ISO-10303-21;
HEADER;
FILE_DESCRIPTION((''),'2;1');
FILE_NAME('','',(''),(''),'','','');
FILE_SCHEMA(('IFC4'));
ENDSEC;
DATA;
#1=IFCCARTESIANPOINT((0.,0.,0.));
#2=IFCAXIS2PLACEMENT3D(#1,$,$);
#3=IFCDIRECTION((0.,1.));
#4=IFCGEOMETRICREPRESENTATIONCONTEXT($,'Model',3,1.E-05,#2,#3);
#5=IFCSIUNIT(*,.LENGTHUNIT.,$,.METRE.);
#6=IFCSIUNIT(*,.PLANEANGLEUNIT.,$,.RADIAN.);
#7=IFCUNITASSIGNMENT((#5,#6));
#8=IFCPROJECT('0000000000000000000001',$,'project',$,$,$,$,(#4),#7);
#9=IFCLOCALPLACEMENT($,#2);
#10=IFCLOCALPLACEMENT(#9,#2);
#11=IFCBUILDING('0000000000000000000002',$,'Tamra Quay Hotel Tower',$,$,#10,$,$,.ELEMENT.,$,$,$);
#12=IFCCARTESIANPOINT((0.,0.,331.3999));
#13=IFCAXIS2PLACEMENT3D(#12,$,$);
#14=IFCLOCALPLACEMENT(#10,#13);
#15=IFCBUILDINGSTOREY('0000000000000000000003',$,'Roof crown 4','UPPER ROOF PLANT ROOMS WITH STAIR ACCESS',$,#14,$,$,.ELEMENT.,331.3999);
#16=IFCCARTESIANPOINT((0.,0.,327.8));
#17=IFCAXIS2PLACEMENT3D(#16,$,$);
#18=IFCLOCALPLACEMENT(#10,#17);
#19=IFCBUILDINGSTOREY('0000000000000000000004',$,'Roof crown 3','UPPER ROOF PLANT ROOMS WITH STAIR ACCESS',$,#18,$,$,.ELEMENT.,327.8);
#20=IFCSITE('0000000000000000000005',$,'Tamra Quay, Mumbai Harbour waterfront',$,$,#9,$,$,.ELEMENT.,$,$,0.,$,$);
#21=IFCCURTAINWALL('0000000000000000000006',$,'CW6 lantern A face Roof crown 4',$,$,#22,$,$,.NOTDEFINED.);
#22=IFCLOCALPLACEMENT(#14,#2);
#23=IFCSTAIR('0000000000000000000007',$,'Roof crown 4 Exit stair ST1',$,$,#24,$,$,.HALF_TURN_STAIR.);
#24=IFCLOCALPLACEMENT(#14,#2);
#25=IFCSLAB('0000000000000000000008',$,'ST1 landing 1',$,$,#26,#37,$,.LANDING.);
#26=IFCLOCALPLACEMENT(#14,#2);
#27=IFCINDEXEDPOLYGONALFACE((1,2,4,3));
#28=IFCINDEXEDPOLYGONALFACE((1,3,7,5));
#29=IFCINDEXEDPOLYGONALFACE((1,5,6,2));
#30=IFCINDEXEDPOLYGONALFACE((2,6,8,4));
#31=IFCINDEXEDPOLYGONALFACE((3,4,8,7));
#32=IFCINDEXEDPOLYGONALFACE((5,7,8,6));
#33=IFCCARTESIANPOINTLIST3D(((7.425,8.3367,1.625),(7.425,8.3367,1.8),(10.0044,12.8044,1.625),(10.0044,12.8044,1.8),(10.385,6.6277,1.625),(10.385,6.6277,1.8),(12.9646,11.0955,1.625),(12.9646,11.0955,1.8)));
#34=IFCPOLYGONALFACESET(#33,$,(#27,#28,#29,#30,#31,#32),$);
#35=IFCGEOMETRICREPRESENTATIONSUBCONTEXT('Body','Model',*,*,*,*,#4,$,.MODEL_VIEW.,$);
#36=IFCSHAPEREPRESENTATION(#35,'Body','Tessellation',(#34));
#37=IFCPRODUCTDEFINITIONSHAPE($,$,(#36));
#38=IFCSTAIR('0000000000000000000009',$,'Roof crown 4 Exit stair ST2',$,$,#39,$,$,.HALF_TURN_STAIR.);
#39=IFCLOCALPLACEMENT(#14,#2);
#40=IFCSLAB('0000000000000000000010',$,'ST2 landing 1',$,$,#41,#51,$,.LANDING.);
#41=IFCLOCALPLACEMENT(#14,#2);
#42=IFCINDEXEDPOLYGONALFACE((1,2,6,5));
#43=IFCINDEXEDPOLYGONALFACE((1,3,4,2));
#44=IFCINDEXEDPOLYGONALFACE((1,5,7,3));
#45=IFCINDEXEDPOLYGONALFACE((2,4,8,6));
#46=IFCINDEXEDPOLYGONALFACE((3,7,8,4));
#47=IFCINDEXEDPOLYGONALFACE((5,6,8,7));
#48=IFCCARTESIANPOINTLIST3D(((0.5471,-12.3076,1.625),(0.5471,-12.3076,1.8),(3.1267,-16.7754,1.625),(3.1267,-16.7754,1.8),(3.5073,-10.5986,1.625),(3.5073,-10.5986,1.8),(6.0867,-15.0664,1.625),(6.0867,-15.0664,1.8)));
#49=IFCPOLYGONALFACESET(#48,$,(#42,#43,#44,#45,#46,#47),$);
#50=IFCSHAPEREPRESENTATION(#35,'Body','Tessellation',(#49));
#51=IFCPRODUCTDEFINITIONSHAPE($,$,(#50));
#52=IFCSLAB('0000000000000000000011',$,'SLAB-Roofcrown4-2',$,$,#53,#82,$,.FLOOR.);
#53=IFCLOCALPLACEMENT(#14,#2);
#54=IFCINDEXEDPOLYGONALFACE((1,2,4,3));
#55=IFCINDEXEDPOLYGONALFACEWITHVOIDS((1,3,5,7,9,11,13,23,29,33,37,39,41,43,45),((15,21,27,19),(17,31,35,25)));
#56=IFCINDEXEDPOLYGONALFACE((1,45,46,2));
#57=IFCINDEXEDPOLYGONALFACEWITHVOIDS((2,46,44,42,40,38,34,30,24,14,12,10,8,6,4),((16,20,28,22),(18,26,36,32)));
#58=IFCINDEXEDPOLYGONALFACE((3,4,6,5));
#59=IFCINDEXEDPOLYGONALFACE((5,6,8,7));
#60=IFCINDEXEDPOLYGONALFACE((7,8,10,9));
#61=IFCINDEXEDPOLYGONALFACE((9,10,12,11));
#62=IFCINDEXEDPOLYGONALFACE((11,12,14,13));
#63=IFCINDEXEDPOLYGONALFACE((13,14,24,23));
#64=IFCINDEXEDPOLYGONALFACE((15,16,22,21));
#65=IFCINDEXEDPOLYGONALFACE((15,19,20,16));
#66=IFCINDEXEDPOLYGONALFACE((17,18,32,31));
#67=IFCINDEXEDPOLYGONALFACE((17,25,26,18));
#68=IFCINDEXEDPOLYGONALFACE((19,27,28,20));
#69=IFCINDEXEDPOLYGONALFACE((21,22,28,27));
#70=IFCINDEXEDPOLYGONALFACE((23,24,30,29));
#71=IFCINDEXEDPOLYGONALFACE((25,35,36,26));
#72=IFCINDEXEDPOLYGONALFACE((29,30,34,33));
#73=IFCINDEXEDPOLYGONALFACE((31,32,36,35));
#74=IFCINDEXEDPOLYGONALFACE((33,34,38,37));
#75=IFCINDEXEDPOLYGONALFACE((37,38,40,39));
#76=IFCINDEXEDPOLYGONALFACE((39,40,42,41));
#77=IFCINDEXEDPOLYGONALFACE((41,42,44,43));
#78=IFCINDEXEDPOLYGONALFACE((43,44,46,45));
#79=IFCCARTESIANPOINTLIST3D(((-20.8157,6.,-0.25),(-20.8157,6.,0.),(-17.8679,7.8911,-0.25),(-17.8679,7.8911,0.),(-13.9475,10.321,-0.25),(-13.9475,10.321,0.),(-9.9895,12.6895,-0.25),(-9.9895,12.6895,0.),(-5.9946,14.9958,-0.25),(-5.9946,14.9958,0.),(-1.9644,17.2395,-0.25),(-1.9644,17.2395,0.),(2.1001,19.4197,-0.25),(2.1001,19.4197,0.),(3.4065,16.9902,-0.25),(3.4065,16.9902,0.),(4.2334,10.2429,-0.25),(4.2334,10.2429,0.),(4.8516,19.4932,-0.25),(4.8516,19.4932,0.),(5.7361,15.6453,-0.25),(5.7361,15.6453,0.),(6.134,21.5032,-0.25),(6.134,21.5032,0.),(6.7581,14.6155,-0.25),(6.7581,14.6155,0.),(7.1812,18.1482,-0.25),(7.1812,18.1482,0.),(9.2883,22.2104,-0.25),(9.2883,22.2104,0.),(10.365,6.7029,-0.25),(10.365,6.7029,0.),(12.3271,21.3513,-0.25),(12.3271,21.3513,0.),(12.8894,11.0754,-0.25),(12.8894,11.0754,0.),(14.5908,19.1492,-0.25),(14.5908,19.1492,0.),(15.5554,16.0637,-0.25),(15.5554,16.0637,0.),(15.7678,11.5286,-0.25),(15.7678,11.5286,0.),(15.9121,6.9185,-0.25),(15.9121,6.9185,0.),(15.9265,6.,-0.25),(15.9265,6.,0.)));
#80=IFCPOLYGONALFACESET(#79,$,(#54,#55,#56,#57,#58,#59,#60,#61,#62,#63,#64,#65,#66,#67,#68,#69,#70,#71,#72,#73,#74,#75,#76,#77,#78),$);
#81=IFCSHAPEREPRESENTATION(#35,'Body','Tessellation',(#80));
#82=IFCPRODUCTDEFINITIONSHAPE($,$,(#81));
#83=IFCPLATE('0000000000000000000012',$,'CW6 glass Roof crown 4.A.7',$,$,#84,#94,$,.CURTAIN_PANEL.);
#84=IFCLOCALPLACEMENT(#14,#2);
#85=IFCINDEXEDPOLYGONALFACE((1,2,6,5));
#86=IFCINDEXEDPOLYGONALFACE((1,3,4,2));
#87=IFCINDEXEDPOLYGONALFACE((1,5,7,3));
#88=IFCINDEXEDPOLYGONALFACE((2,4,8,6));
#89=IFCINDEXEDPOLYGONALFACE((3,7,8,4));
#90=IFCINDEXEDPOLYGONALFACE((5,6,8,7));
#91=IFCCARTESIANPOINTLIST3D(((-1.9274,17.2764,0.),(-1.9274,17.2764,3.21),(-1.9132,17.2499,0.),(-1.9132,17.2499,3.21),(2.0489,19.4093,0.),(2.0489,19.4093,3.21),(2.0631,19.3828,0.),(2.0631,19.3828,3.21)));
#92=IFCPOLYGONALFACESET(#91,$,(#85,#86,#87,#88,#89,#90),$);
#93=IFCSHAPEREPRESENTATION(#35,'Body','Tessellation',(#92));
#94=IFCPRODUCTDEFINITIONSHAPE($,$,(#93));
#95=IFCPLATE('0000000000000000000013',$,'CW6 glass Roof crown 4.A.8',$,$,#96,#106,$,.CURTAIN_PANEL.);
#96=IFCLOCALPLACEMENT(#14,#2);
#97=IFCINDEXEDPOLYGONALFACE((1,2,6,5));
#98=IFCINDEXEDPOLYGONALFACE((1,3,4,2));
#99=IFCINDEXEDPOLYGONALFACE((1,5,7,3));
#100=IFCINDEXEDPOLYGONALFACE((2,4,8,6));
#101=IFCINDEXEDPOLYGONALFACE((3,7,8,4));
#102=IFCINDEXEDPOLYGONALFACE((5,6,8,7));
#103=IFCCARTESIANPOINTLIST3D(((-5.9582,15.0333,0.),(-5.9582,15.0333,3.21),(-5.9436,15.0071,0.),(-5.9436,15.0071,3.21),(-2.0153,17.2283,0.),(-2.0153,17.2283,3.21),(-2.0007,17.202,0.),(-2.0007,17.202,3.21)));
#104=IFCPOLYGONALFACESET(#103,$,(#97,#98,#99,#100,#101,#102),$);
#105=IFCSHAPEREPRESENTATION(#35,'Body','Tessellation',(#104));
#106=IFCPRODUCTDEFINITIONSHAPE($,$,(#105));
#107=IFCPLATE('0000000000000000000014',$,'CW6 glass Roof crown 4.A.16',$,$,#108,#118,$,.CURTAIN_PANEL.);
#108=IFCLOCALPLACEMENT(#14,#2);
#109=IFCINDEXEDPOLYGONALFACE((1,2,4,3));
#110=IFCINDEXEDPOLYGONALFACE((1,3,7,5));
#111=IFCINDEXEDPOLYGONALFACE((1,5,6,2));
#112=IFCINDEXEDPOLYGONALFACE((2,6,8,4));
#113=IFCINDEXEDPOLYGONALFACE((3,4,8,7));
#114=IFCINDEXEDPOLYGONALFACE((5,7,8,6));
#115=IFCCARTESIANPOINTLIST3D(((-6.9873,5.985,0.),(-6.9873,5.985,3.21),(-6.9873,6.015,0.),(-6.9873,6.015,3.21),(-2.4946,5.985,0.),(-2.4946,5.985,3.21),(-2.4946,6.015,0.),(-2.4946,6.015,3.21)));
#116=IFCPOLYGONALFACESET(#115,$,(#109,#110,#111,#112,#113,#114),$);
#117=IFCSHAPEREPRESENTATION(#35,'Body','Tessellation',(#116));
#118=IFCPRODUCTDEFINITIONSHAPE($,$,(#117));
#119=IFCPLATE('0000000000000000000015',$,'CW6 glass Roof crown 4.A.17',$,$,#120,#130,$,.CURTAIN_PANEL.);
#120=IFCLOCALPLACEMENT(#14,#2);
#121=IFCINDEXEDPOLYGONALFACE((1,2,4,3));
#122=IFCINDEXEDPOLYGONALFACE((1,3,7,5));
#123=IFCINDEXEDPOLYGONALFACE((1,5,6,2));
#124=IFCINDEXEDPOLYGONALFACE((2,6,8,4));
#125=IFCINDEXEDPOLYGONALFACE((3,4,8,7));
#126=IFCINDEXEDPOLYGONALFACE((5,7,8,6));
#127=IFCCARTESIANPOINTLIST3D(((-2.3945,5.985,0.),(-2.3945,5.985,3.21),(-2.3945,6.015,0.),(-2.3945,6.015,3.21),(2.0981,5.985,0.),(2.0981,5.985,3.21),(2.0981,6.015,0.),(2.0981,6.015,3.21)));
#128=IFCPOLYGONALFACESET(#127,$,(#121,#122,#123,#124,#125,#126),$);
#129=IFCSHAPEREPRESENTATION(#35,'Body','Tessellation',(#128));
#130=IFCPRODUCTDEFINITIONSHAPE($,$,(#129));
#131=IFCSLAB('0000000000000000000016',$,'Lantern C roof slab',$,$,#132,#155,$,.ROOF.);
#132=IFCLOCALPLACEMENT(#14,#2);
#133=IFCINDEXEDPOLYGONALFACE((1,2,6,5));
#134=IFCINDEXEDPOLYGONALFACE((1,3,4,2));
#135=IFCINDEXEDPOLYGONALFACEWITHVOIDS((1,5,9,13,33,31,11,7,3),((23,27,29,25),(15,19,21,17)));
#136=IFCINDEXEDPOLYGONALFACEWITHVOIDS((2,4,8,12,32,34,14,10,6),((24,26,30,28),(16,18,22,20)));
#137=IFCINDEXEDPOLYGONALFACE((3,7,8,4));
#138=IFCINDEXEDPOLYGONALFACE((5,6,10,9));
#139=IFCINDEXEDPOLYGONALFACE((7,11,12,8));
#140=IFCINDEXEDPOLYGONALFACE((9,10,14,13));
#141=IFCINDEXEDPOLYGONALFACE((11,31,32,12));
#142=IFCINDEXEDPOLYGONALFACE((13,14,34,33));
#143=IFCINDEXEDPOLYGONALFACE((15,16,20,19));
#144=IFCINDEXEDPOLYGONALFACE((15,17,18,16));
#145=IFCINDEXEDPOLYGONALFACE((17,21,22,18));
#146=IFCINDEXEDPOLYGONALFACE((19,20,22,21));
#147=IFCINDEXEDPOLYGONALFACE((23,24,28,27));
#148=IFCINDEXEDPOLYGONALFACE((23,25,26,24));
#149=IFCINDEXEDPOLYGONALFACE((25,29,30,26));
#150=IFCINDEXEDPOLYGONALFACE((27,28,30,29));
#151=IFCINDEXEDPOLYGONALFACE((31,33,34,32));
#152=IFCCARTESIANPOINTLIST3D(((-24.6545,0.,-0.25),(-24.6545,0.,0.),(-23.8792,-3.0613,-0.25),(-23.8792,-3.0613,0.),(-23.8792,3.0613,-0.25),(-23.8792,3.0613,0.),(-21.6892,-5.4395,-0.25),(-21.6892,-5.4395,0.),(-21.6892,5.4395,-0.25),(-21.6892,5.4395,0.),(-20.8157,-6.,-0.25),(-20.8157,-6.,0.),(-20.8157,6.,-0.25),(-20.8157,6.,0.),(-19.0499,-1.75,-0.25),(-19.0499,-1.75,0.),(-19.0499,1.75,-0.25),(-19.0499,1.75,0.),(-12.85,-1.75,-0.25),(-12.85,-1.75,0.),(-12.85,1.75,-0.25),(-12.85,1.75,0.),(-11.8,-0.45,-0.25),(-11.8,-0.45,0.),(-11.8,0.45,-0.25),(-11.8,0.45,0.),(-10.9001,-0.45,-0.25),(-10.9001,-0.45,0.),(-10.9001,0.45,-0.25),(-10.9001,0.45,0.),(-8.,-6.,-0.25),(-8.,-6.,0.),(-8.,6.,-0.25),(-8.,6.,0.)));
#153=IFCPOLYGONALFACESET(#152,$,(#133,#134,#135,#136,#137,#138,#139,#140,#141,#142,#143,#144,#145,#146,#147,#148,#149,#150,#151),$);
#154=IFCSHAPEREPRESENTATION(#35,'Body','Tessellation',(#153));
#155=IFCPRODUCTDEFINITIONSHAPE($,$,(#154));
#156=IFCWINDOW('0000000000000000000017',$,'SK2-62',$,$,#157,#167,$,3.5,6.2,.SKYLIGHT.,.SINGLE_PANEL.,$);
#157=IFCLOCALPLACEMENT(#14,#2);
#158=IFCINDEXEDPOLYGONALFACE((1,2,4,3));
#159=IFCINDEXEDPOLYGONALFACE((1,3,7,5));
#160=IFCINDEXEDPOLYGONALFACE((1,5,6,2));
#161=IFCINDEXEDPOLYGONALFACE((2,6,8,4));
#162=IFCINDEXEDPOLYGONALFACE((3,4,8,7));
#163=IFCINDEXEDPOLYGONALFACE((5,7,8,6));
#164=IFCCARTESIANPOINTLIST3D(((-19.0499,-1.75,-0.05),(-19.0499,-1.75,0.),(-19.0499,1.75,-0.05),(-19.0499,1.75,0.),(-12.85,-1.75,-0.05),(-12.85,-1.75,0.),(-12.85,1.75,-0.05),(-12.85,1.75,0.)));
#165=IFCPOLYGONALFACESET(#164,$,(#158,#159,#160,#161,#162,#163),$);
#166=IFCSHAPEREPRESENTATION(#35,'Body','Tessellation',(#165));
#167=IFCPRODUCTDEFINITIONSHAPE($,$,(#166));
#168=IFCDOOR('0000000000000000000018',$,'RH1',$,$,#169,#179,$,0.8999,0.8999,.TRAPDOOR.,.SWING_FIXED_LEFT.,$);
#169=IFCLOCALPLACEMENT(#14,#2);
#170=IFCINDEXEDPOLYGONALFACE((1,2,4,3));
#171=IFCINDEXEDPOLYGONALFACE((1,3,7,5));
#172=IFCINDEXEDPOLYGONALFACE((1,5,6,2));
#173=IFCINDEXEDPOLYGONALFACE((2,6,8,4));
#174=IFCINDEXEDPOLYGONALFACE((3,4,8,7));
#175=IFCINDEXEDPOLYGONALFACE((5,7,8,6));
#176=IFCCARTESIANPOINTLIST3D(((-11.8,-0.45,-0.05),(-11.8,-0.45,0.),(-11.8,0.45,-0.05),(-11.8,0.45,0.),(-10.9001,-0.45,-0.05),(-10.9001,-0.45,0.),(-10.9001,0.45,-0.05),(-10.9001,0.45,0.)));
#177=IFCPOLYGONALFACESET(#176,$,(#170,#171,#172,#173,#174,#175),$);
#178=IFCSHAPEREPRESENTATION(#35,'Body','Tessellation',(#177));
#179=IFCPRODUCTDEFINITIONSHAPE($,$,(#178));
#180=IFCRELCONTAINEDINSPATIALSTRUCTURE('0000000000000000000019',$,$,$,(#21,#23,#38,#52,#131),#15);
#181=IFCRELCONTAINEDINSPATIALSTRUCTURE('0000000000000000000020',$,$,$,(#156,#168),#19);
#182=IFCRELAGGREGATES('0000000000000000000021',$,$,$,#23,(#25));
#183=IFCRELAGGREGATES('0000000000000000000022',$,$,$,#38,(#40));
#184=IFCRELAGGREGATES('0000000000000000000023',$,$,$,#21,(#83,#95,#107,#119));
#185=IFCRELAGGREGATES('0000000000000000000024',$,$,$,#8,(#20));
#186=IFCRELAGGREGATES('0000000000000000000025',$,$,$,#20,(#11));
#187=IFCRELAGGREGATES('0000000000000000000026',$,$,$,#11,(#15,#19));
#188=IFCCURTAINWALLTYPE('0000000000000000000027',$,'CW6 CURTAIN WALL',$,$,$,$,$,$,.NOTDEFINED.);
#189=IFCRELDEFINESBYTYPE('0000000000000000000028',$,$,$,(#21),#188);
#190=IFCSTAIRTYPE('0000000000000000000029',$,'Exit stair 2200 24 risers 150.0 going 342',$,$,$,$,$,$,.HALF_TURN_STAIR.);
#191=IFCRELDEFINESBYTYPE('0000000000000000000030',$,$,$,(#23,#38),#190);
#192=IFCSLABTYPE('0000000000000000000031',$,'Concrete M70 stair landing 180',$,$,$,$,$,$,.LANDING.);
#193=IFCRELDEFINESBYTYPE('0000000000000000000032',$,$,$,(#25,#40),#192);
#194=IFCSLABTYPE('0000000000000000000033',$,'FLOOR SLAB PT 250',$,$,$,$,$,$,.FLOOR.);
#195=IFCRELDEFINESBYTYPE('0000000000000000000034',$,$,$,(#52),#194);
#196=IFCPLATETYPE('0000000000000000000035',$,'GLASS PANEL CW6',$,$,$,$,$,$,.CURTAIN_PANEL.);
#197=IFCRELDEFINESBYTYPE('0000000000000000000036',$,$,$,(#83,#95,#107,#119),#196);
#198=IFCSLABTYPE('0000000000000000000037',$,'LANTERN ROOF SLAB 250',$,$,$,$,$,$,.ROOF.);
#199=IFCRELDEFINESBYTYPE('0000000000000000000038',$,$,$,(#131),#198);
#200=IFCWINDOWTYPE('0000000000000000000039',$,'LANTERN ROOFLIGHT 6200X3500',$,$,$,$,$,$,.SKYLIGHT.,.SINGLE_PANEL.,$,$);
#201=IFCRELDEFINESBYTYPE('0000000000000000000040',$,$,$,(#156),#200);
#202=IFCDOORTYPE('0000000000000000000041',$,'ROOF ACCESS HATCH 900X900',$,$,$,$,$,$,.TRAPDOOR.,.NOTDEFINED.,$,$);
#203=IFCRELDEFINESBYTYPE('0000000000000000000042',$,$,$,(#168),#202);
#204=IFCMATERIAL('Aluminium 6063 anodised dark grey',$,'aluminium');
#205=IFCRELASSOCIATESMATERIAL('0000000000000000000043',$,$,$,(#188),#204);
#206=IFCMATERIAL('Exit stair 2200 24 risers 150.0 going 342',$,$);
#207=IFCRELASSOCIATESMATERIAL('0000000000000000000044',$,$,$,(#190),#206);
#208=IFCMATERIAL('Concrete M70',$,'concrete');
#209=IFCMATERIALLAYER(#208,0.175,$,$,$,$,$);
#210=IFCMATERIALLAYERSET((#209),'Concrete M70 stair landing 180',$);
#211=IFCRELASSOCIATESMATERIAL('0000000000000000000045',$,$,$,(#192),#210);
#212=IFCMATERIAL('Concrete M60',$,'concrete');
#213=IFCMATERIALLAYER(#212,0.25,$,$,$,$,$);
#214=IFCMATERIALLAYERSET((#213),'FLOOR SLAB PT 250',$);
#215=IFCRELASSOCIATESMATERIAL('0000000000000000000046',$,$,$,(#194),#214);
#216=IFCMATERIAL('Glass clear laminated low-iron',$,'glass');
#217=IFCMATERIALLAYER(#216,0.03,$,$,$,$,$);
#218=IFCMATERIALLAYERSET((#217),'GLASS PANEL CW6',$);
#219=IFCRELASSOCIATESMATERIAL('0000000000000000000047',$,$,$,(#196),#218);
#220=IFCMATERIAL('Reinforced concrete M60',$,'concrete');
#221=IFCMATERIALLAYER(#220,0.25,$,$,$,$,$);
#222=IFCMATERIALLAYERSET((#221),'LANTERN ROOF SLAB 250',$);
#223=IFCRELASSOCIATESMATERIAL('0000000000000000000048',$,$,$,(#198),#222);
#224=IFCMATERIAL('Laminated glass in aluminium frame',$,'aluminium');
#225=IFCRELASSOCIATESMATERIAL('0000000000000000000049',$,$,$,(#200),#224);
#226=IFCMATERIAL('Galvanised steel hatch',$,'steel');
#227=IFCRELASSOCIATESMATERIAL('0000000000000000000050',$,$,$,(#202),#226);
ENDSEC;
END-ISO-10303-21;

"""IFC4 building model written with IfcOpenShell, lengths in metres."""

from ifc_helpers import new_model, si_unit, direction, frame, origin, origin_2d, place, context, subcontext, project, spatial, polyline, rectangle, outline, extrude, material, layer, layer_set, type_object, element, fill, aggregate, save


model = new_model("IFC4")

# Units and contexts
model_context = context("Model", 3, precision=1e-05, world=origin(), true_north=direction((0.0, 1.0)))
body_context = subcontext(model_context, "Body", "Model", "MODEL_VIEW")
ifc_project = project(units=[si_unit("LENGTHUNIT", "METRE"), si_unit("PLANEANGLEUNIT", "RADIAN")], contexts=[model_context])

# Site, building, storey
site_placement = place(None, origin())
site = spatial("IfcSite", under=ifc_project, at=site_placement, Name="Tamra Quay, Mumbai Harbour waterfront", CompositionType="ELEMENT", RefElevation=0.0)
building_placement = place(site_placement, origin())
building = spatial("IfcBuilding", under=site, at=building_placement, Name="Tamra Quay Hotel Tower", CompositionType="ELEMENT")
storey_1_placement = place(building_placement, frame((0.0, 0.0, 331.3999)))
storey_1 = spatial("IfcBuildingStorey", under=building, at=storey_1_placement, Name="Roof crown 4", Description="UPPER ROOF PLANT ROOMS WITH STAIR ACCESS", CompositionType="ELEMENT", Elevation=331.3999)

# Curtain wall
ifc_material_1 = material(Name="Aluminium 6063 anodised dark grey", Category="aluminium")
curtain_wall_type = type_object("IfcCurtainWallType", Name="CW6 CURTAIN WALL", PredefinedType="NOTDEFINED", material=ifc_material_1)
curtain_wall_placement = place(storey_1_placement, origin())
curtain_wall = element("IfcCurtainWall", 1, at=curtain_wall_placement, inside=storey_1, type_object=curtain_wall_type, Name="CW6 lantern A face Roof crown 4", PredefinedType="NOTDEFINED")

# Stairs, slabs
ifc_material_2 = material(Name="Exit stair 2200 24 risers 150.0 going 342")
stair_type = type_object("IfcStairType", Name="Exit stair 2200 24 risers 150.0 going 342", PredefinedType="HALF_TURN_STAIR", material=ifc_material_2)
stair_1_placement = place(storey_1_placement, origin())
stair_1 = element("IfcStair", 2, at=stair_1_placement, inside=storey_1, type_object=stair_type, Name="Roof crown 4 Exit stair ST1", PredefinedType="HALF_TURN_STAIR")
ifc_material_3 = material(Name="Concrete M70", Category="concrete")
ifc_layer_1 = layer(ifc_material_3, 0.175)
ifc_layer_set_1 = layer_set([ifc_layer_1], Name="Concrete M70 stair landing 180")
slab_type_1 = type_object("IfcSlabType", Name="Concrete M70 stair landing 180", PredefinedType="LANDING", material=ifc_layer_set_1)
slab_1_placement = place(storey_1_placement, frame((0.0, 0.0, 1.625)))
slab_1 = element("IfcSlab", 3, at=slab_1_placement, type_object=slab_type_1, Name="ST1 landing 1", PredefinedType="LANDING", context=body_context, shape_type="SweptSolid", body=[
    extrude(outline(polyline([(7.425, 8.3367), (10.385, 6.6277), (12.9646, 11.0955), (10.0044, 12.8044), (7.425, 8.3367)])), origin(), (0.0, 0.0, 1.0), 0.175),
])
aggregate(stair_1, [slab_1])
stair_2_placement = place(storey_1_placement, origin())
stair_2 = element("IfcStair", 4, at=stair_2_placement, inside=storey_1, type_object=stair_type, Name="Roof crown 4 Exit stair ST2", PredefinedType="HALF_TURN_STAIR")
slab_2_placement = place(storey_1_placement, frame((0.0, 0.0, 1.625)))
slab_2 = element("IfcSlab", 5, at=slab_2_placement, type_object=slab_type_1, Name="ST2 landing 1", PredefinedType="LANDING", context=body_context, shape_type="SweptSolid", body=[
    extrude(outline(polyline([(3.5073, -10.5986), (0.5471, -12.3076), (3.1267, -16.7754), (6.0867, -15.0664), (3.5073, -10.5986)])), origin(), (0.0, 0.0, 1.0), 0.175),
])
aggregate(stair_2, [slab_2])

# Slab
ifc_material_4 = material(Name="Concrete M60", Category="concrete")
ifc_layer_2 = layer(ifc_material_4, 0.25)
ifc_layer_set_2 = layer_set([ifc_layer_2], Name="FLOOR SLAB PT 250")
slab_type_2 = type_object("IfcSlabType", Name="FLOOR SLAB PT 250", PredefinedType="FLOOR", material=ifc_layer_set_2)
slab_3_placement = place(storey_1_placement, frame((0.0, 0.0, -0.25)))
element("IfcSlab", 6, at=slab_3_placement, inside=storey_1, type_object=slab_type_2, Name="SLAB-Roofcrown4-2", PredefinedType="FLOOR", context=body_context, shape_type="SweptSolid", body=[
    extrude(outline(polyline([(15.9265, 6.0), (-20.8157, 6.0), (-17.8679, 7.8911), (-13.9475, 10.321), (-9.9895, 12.6895), (-5.9946, 14.9958), (-1.9644, 17.2395), (2.1001, 19.4197), (6.134, 21.5032), (9.2883, 22.2104), (12.3271, 21.3513), (14.5908, 19.1492), (15.5554, 16.0637), (15.7678, 11.5286), (15.9121, 6.9185), (15.9265, 6.0)]), holes=[polyline([(6.7581, 14.6155), (4.2334, 10.2429), (10.365, 6.7029), (12.8894, 11.0754), (6.7581, 14.6155)]), polyline([(4.8516, 19.4932), (3.4065, 16.9902), (5.7361, 15.6453), (7.1812, 18.1482), (4.8516, 19.4932)])]), origin(), (0.0, 0.0, 1.0), 0.25),
])

# Plates
ifc_material_5 = material(Name="Glass clear laminated low-iron", Category="glass")
ifc_layer_3 = layer(ifc_material_5, 0.03)
ifc_layer_set_3 = layer_set([ifc_layer_3], Name="GLASS PANEL CW6")
plate_type = type_object("IfcPlateType", Name="GLASS PANEL CW6", PredefinedType="CURTAIN_PANEL", material=ifc_layer_set_3)
plate_1_placement = place(storey_1_placement, frame((0.0679, 18.3296, 0.0), z_axis=(0.0, 0.0, 1.0), x_axis=(-0.881224, -0.4727, 0.0)))
plate_1 = element("IfcPlate", 7, at=plate_1_placement, type_object=plate_type, Name="CW6 glass Roof crown 4.A.7", PredefinedType="CURTAIN_PANEL", context=body_context, shape_type="SweptSolid", body=[
    extrude(rectangle(XDim=4.5122, YDim=0.03, at=origin_2d()), origin(), (0.0, 0.0, 1.0), 3.21),
])
plate_2_placement = place(storey_1_placement, frame((-3.9795, 16.1177, 0.0), z_axis=(0.0, 0.0, 1.0), x_axis=(-0.873736, -0.486401, 0.0)))
plate_2 = element("IfcPlate", 8, at=plate_2_placement, type_object=plate_type, Name="CW6 glass Roof crown 4.A.8", PredefinedType="CURTAIN_PANEL", context=body_context, shape_type="SweptSolid", body=[
    extrude(rectangle(XDim=4.5127, YDim=0.03, at=origin_2d()), origin(), (0.0, 0.0, 1.0), 3.21),
])
plate_3_placement = place(storey_1_placement, frame((-4.741, 6.0, 0.0), z_axis=(0.0, 0.0, 1.0), x_axis=(1.0, 0.0, 0.0)))
plate_3 = element("IfcPlate", 9, at=plate_3_placement, type_object=plate_type, Name="CW6 glass Roof crown 4.A.16", PredefinedType="CURTAIN_PANEL", context=body_context, shape_type="SweptSolid", body=[
    extrude(rectangle(XDim=4.4927, YDim=0.03, at=origin_2d()), origin(), (0.0, 0.0, 1.0), 3.21),
])
plate_4_placement = place(storey_1_placement, frame((-0.1482, 6.0, 0.0), z_axis=(0.0, 0.0, 1.0), x_axis=(1.0, 0.0, 0.0)))
plate_4 = element("IfcPlate", 10, at=plate_4_placement, type_object=plate_type, Name="CW6 glass Roof crown 4.A.17", PredefinedType="CURTAIN_PANEL", context=body_context, shape_type="SweptSolid", body=[
    extrude(rectangle(XDim=4.4927, YDim=0.03, at=origin_2d()), origin(), (0.0, 0.0, 1.0), 3.21),
])
aggregate(curtain_wall, [plate_1, plate_2, plate_3, plate_4])

# Slab, openings
ifc_material_6 = material(Name="Reinforced concrete M60", Category="concrete")
ifc_layer_4 = layer(ifc_material_6, 0.25)
ifc_layer_set_4 = layer_set([ifc_layer_4], Name="LANTERN ROOF SLAB 250")
slab_type_3 = type_object("IfcSlabType", Name="LANTERN ROOF SLAB 250", PredefinedType="ROOF", material=ifc_layer_set_4)
slab_4_placement = place(storey_1_placement, frame((0.0, 0.0, -0.25)))
slab_4 = element("IfcSlab", 11, at=slab_4_placement, inside=storey_1, type_object=slab_type_3, Name="Lantern C roof slab", PredefinedType="ROOF", context=body_context, shape_type="SweptSolid", body=[
    extrude(outline(polyline([(-21.6892, -5.4395), (-20.8157, -6.0), (-8.0, -6.0), (-8.0, 6.0), (-20.8157, 6.0), (-21.6892, 5.4395), (-23.8792, 3.0613), (-24.6545, 0.0), (-23.8792, -3.0613), (-21.6892, -5.4395)])), origin(), (0.0, 0.0, 1.0), 0.25),
])
opening_1_placement = place(slab_4_placement, frame((-15.95, 0.0, 0.0)))
opening_1 = element("IfcOpeningElement", 12, at=opening_1_placement, cuts=slab_4, PredefinedType="OPENING", context=body_context, shape_type="SweptSolid", body=[
    extrude(rectangle(XDim=6.2, YDim=3.5, at=origin_2d()), origin(), (0.0, 0.0, 1.0), 0.25),
])
opening_2_placement = place(slab_4_placement, frame((-11.3501, 0.0, 0.0)))
opening_2 = element("IfcOpeningElement", 13, at=opening_2_placement, cuts=slab_4, PredefinedType="OPENING", context=body_context, shape_type="SweptSolid", body=[
    extrude(rectangle(XDim=0.8999, YDim=0.8999, at=origin_2d()), origin(), (0.0, 0.0, 1.0), 0.25),
])

# Shared definitions
storey_2_placement = place(building_placement, frame((0.0, 0.0, 327.8)))
storey_2 = spatial("IfcBuildingStorey", under=building, at=storey_2_placement, Name="Roof crown 3", Description="UPPER ROOF PLANT ROOMS WITH STAIR ACCESS", CompositionType="ELEMENT", Elevation=327.8)

# Window
ifc_material_7 = material(Name="Laminated glass in aluminium frame", Category="aluminium")
window_type = type_object("IfcWindowType", Name="LANTERN ROOFLIGHT 6200X3500", PartitioningType="SINGLE_PANEL", PredefinedType="SKYLIGHT", material=ifc_material_7)
window_placement = place(opening_1_placement, frame((0.0, 0.0, 0.2)))
window = element("IfcWindow", 14, at=window_placement, inside=storey_2, type_object=window_type, Name="SK2-62", OverallHeight=3.5, OverallWidth=6.2, PartitioningType="SINGLE_PANEL", PredefinedType="SKYLIGHT", context=body_context, shape_type="SweptSolid", body=[
    extrude(rectangle(XDim=6.2, YDim=3.5, at=origin_2d()), origin(), (0.0, 0.0, 1.0), 0.05),
])
fill(opening_1, window)

# Door
ifc_material_8 = material(Name="Galvanised steel hatch", Category="steel")
door_type_1 = type_object("IfcDoorType", Name="ROOF ACCESS HATCH 900X900", OperationType="NOTDEFINED", PredefinedType="TRAPDOOR", material=ifc_material_8)
door_1_placement = place(opening_2_placement, frame((0.0, 0.0, 0.2)))
door_1 = element("IfcDoor", 15, at=door_1_placement, inside=storey_2, type_object=door_type_1, Name="RH1", OperationType="SWING_FIXED_LEFT", OverallHeight=0.8999, OverallWidth=0.8999, PredefinedType="TRAPDOOR", context=body_context, shape_type="SweptSolid", body=[
    extrude(rectangle(XDim=0.8999, YDim=0.8999, at=origin_2d()), origin(), (0.0, 0.0, 1.0), 0.05),
])
fill(opening_2, door_1)

save(model, "model.ifc")
